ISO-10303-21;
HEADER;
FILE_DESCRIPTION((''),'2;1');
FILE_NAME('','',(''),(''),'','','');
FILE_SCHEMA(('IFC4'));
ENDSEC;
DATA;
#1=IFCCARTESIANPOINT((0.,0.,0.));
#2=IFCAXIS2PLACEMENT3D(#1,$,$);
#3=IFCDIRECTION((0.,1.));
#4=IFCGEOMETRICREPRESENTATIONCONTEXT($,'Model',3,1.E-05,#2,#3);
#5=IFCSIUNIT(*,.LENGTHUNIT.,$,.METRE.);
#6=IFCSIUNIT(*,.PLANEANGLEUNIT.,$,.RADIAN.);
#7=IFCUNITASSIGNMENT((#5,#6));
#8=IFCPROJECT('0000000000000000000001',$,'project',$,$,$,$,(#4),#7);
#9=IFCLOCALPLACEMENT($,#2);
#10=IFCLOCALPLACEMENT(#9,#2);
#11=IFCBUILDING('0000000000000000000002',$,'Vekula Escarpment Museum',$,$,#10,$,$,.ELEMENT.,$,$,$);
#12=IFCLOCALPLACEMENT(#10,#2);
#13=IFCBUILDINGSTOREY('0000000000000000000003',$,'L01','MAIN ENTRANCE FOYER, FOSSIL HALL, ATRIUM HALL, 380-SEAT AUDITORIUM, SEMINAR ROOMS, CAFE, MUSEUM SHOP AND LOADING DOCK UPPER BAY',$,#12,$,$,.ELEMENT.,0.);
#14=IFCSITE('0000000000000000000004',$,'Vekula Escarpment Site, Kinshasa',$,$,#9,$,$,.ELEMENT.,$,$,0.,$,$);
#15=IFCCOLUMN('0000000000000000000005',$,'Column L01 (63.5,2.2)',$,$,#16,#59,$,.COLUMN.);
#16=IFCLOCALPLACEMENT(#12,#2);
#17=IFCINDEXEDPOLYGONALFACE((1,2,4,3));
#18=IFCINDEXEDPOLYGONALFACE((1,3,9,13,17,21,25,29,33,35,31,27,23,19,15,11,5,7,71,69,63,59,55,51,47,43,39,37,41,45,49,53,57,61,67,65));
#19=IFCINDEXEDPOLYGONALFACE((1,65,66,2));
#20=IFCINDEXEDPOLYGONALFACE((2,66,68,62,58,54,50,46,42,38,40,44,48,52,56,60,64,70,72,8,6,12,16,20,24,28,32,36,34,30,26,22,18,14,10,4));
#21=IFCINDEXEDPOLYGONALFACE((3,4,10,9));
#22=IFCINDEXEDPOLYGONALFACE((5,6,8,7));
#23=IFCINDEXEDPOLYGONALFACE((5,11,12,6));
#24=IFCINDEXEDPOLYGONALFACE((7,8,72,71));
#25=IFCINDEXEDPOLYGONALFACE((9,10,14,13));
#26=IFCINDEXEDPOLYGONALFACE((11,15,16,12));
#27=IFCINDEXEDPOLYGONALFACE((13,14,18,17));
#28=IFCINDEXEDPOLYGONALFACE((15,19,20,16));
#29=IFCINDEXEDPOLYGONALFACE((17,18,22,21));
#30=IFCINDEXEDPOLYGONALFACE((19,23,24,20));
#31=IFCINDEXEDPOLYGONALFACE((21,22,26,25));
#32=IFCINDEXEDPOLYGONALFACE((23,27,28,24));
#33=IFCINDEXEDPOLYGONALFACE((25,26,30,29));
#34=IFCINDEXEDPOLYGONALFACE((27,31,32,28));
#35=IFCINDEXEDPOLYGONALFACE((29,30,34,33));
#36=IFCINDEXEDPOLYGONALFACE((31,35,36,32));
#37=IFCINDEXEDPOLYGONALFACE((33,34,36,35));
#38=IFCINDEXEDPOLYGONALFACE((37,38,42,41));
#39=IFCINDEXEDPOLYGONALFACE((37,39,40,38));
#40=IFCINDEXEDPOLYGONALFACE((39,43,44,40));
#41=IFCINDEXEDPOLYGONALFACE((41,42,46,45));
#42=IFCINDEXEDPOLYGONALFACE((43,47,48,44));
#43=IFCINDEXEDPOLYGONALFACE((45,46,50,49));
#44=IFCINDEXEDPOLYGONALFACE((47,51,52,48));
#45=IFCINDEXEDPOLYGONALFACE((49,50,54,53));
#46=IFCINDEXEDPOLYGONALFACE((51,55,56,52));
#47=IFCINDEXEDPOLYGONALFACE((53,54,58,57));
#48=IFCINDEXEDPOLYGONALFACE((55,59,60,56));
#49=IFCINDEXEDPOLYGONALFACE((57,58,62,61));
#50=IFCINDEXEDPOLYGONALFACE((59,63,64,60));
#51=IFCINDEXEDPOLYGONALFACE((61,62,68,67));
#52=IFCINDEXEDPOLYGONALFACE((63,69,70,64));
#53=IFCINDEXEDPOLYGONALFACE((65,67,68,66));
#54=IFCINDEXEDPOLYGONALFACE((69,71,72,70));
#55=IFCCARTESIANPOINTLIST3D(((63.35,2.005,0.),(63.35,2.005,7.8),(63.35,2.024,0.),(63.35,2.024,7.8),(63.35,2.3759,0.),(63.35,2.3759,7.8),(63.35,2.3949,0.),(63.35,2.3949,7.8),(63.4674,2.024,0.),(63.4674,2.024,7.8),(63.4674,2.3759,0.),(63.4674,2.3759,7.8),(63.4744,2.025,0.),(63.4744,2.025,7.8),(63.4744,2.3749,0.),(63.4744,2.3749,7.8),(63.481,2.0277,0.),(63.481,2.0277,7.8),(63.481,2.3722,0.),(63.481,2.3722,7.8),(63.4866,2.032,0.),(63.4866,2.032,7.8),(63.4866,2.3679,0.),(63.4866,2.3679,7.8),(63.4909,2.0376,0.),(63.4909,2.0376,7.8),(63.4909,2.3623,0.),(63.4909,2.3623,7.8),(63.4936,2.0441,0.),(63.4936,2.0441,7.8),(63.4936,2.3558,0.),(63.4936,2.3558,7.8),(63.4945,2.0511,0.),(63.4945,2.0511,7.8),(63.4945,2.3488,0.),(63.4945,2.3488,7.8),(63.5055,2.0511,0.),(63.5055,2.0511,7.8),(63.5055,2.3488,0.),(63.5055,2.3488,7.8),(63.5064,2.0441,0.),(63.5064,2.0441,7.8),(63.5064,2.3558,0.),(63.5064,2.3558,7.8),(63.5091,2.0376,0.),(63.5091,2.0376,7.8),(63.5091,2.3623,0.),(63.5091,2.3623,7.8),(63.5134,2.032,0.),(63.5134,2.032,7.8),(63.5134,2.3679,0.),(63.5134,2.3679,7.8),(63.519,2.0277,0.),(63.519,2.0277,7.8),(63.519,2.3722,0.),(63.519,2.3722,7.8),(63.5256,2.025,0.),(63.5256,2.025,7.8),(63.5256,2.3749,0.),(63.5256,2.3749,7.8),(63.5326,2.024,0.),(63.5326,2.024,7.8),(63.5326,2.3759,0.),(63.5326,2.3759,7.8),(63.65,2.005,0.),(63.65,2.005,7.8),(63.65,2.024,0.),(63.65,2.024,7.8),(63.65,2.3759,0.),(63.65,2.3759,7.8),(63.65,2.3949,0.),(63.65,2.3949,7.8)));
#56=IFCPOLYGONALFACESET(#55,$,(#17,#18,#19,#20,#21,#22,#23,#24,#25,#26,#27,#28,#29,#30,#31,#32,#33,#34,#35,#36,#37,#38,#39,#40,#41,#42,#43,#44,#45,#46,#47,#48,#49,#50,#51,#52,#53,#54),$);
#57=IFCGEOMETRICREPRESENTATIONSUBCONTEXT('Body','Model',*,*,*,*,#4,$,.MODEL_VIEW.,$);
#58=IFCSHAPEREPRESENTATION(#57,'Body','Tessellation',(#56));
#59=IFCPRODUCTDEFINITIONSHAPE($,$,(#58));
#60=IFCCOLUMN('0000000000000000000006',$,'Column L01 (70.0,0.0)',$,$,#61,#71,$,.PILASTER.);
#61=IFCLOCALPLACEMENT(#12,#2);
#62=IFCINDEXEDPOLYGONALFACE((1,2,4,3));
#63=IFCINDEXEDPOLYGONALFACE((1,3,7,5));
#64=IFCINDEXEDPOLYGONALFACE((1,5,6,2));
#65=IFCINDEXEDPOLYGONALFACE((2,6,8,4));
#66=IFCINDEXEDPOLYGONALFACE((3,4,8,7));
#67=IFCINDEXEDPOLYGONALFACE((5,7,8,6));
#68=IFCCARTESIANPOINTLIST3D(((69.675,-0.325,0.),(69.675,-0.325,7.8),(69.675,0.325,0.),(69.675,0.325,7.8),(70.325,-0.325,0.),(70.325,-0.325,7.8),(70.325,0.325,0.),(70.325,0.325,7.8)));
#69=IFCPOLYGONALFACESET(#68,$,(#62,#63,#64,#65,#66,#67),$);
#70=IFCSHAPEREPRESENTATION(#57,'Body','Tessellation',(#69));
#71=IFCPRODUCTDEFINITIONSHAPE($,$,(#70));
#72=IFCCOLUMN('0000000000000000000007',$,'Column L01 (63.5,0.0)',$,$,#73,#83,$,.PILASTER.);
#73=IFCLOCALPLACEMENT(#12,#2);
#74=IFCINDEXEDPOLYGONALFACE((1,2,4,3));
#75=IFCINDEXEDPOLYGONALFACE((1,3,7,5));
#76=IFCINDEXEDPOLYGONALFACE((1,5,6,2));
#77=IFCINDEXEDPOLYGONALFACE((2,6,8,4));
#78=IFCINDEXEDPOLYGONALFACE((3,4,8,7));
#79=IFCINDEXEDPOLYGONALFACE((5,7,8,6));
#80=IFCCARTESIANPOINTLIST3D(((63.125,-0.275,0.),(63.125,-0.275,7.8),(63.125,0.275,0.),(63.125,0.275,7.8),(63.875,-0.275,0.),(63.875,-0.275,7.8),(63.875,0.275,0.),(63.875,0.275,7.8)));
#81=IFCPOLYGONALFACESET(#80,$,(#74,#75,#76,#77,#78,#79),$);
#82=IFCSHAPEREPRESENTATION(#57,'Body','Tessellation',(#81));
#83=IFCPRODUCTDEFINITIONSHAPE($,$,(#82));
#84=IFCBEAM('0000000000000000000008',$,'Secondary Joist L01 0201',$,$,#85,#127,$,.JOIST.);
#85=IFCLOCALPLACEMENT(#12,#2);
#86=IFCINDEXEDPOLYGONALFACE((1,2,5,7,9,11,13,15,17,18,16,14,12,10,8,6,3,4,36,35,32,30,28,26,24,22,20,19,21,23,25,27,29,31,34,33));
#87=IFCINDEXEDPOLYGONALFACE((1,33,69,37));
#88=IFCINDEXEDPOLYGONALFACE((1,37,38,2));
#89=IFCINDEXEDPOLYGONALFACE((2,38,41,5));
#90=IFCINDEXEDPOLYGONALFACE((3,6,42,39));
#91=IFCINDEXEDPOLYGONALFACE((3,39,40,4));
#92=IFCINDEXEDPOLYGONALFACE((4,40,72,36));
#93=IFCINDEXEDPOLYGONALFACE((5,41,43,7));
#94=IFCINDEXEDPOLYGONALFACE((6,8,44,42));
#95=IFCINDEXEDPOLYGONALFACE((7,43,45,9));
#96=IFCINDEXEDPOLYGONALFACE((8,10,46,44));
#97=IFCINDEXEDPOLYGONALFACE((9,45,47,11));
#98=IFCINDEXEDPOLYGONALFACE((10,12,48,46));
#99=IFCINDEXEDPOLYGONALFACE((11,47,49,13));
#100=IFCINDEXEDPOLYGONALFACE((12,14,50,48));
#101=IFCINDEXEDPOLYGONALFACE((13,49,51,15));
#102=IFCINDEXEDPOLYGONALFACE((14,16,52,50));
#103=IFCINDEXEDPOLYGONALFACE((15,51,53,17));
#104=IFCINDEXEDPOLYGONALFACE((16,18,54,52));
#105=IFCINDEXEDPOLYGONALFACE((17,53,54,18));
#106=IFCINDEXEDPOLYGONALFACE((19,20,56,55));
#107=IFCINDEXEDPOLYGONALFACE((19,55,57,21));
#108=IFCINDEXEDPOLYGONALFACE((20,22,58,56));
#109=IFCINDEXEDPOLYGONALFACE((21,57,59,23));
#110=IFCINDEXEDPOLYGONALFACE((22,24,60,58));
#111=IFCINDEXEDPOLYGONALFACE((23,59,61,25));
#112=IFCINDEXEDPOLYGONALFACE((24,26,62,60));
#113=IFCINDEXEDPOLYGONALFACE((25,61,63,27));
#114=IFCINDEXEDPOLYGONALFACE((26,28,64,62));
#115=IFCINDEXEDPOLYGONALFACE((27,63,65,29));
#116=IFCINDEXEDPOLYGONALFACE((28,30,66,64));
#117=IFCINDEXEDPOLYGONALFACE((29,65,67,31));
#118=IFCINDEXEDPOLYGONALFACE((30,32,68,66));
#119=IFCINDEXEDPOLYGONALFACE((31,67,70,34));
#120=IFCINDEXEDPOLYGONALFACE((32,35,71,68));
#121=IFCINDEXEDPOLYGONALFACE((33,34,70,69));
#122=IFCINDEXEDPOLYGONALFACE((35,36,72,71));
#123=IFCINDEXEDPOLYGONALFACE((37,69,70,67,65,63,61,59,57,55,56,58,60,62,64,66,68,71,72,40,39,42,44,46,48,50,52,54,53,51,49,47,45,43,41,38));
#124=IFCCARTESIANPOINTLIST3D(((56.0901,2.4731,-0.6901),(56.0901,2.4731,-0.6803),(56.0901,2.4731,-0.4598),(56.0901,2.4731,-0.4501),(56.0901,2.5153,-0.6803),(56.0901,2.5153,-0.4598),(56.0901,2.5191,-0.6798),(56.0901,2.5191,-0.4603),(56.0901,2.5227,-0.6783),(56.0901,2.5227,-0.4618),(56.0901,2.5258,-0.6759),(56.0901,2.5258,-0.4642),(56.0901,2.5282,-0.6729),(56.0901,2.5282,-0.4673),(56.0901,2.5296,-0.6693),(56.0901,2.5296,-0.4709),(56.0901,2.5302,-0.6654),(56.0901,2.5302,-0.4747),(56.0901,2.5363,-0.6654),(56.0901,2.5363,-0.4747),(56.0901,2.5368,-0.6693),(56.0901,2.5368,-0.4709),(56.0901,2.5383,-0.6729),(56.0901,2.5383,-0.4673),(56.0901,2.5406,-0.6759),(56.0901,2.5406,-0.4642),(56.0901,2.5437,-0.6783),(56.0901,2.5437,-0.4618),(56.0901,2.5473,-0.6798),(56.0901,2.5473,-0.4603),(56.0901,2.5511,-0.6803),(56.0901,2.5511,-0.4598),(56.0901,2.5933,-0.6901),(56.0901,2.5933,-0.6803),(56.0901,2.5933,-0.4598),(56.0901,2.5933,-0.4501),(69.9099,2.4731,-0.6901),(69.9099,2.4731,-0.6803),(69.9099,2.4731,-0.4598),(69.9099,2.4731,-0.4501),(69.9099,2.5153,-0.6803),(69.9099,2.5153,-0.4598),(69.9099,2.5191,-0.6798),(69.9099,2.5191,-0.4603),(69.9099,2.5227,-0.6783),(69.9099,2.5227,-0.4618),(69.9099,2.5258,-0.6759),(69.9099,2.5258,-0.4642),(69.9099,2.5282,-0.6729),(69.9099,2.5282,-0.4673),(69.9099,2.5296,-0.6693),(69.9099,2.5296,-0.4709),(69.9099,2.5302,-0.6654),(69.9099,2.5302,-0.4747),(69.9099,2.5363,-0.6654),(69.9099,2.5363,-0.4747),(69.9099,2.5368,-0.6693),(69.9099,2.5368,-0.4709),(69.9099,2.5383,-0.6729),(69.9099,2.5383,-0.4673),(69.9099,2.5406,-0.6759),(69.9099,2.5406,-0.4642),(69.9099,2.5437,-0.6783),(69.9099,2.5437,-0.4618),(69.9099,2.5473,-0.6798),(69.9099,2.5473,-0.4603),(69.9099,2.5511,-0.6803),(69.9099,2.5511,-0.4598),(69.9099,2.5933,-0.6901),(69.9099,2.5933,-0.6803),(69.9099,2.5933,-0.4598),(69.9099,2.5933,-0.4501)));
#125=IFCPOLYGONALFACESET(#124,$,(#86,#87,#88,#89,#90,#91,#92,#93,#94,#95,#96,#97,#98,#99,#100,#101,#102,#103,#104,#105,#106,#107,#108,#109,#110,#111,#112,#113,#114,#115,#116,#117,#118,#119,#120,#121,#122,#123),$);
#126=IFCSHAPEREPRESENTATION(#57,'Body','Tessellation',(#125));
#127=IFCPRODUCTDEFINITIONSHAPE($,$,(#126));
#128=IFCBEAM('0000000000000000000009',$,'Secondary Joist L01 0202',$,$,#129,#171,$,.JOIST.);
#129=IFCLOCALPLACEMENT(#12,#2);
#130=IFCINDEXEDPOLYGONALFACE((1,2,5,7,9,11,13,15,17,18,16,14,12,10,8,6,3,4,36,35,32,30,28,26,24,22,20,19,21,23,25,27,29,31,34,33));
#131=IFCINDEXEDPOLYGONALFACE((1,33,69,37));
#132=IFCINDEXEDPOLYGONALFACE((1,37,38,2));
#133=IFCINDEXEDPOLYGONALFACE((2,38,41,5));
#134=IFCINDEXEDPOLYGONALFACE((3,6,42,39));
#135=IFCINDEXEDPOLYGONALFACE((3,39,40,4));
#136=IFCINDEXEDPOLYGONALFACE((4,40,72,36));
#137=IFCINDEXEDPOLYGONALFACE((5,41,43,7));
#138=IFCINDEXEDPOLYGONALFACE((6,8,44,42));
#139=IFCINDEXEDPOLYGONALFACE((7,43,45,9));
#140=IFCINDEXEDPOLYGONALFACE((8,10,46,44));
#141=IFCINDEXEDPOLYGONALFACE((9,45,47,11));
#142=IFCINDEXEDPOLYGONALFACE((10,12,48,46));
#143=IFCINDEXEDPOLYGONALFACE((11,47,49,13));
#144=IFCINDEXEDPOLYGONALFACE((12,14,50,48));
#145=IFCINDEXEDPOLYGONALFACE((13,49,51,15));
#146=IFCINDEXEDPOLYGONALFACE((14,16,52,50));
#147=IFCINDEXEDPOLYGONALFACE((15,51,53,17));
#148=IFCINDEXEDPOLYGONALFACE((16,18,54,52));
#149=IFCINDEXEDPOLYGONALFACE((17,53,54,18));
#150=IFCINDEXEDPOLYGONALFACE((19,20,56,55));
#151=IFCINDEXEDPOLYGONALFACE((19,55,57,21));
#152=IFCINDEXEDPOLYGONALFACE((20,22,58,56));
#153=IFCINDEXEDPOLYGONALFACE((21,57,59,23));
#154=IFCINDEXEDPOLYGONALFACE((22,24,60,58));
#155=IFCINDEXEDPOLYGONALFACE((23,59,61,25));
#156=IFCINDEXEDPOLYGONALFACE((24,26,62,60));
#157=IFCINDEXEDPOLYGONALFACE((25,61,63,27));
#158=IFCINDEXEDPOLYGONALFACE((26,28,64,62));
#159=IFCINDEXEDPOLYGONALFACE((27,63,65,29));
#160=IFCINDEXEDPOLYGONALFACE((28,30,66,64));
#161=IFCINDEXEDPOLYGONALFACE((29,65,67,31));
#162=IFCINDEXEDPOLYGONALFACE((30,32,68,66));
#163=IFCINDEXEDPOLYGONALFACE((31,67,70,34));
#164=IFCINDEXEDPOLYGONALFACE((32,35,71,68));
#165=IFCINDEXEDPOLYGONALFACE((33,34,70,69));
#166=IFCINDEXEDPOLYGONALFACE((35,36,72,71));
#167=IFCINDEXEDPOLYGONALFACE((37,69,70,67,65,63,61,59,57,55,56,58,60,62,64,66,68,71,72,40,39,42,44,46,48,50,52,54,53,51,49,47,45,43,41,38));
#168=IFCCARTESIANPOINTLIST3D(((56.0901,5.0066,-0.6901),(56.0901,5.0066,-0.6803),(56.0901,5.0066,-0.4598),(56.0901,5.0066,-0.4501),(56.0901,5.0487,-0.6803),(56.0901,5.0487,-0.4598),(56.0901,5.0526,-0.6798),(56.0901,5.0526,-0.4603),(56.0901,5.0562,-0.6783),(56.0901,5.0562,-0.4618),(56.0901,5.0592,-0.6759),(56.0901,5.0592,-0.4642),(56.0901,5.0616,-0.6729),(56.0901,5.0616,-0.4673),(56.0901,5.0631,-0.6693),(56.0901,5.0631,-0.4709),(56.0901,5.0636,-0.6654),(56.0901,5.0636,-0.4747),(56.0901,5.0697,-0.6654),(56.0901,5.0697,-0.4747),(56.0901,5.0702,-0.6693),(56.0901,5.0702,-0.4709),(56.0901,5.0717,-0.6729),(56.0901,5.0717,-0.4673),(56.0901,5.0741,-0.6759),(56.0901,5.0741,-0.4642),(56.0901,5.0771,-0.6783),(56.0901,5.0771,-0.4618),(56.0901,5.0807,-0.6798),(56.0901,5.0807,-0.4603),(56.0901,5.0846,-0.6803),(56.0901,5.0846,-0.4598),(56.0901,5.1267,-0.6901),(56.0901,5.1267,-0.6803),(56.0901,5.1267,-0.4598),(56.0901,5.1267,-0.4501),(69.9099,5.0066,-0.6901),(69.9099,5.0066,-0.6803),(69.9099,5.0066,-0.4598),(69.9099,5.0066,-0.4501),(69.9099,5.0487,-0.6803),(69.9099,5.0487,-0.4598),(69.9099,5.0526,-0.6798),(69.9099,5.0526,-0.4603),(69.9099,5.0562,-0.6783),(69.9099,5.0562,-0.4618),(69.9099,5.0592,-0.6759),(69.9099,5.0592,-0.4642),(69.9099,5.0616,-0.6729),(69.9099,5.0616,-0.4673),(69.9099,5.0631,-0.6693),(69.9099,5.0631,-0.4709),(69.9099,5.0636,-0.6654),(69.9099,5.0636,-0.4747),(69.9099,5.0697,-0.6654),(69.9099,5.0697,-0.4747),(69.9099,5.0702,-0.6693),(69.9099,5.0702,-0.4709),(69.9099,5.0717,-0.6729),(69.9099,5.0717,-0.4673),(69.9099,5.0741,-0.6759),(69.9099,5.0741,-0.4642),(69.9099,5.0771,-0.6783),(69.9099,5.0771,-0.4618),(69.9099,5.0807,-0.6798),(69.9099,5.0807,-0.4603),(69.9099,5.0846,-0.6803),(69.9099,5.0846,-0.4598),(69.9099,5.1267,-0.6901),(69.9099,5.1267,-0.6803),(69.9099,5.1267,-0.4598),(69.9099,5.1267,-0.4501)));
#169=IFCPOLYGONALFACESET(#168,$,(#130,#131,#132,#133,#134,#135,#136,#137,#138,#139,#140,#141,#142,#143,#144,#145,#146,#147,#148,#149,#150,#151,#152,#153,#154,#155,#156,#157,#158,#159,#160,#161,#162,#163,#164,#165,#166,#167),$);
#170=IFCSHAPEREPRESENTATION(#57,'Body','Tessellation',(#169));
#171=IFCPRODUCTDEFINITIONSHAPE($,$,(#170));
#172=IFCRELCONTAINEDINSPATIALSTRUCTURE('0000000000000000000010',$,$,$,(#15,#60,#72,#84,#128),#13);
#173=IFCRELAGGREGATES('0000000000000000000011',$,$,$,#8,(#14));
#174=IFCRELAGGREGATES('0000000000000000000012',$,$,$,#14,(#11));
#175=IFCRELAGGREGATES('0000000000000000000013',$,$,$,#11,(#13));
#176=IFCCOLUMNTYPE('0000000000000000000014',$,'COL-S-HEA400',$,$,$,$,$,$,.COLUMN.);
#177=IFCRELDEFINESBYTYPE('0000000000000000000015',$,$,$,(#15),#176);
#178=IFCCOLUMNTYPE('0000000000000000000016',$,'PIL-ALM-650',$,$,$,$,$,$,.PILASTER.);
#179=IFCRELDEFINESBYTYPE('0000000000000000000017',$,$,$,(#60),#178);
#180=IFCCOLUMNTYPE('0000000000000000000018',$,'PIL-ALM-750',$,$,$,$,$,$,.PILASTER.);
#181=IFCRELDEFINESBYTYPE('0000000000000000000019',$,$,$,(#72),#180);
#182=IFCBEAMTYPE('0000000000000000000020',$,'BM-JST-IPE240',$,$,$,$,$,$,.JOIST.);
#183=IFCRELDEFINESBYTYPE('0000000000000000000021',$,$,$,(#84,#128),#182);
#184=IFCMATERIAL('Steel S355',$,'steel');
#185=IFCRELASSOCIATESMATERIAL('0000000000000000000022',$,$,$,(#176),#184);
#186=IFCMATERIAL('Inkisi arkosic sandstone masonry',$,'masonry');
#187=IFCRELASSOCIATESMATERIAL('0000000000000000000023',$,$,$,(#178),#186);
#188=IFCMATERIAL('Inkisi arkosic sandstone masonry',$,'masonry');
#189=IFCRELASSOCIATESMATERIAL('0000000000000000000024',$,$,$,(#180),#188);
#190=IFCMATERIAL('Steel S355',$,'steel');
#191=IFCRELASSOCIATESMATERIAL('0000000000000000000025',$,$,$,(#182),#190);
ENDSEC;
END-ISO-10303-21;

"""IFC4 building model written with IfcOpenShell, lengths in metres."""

from ifc_helpers import new_model, si_unit, direction, frame, origin, origin_2d, place, context, subcontext, project, spatial, rectangle, i_section, extrude, material, material_profile, profile_set, type_object, element, save


model = new_model("IFC4")

# Units and contexts
model_context = context("Model", 3, precision=1e-05, world=origin(), true_north=direction((0.0, 1.0)))
body_context = subcontext(model_context, "Body", "Model", "MODEL_VIEW")
ifc_project = project(units=[si_unit("LENGTHUNIT", "METRE"), si_unit("PLANEANGLEUNIT", "RADIAN")], contexts=[model_context])

# Site, building, storey
site_placement = place(None, origin())
site = spatial("IfcSite", under=ifc_project, at=site_placement, Name="Vekula Escarpment Site, Kinshasa", CompositionType="ELEMENT", RefElevation=0.0)
building_placement = place(site_placement, origin())
building = spatial("IfcBuilding", under=site, at=building_placement, Name="Vekula Escarpment Museum", CompositionType="ELEMENT")
storey_placement = place(building_placement, origin())
storey = spatial("IfcBuildingStorey", under=building, at=storey_placement, Name="L01", Description="MAIN ENTRANCE FOYER, FOSSIL HALL, ATRIUM HALL, 380-SEAT AUDITORIUM, SEMINAR ROOMS, CAFE, MUSEUM SHOP AND LOADING DOCK UPPER BAY", CompositionType="ELEMENT", Elevation=0.0)

# Columns
ifc_material_1 = material(Name="Steel S355", Category="steel")
ifc_material_profile_1 = material_profile(ifc_material_1, i_section(OverallWidth=0.3, OverallDepth=0.3899, WebThickness=0.011, FlangeThickness=0.019, FilletRadius=0.0271, at=origin_2d()), Name="HEA 400")
ifc_profile_set_1 = profile_set([ifc_material_profile_1], Name="Steel S355")
column_type_1 = type_object("IfcColumnType", Name="COL-S-HEA400", PredefinedType="COLUMN", material=ifc_profile_set_1)
column_1_placement = place(storey_placement, frame((63.5, 2.2, 0.0), z_axis=(0.0, 0.0, 1.0), x_axis=(1.0, 0.0, 0.0)))
element("IfcColumn", 1, at=column_1_placement, inside=storey, type_object=column_type_1, Name="Column L01 (63.5,2.2)", PredefinedType="COLUMN", context=body_context, shape_type="SweptSolid", body=[
    extrude(i_section(OverallWidth=0.3, OverallDepth=0.3899, WebThickness=0.011, FlangeThickness=0.019, FilletRadius=0.0271, at=origin_2d()), origin(), (0.0, 0.0, 1.0), 7.8),
])
ifc_material_2 = material(Name="Inkisi arkosic sandstone masonry", Category="masonry")
ifc_material_profile_2 = material_profile(ifc_material_2, rectangle(XDim=0.6499, YDim=0.6499, at=origin_2d()), Name="PIER 650x650")
ifc_profile_set_2 = profile_set([ifc_material_profile_2], Name="Inkisi arkosic sandstone masonry")
column_type_2 = type_object("IfcColumnType", Name="PIL-ALM-650", PredefinedType="PILASTER", material=ifc_profile_set_2)
column_2_placement = place(storey_placement, frame((70.0, 0.0, 0.0), z_axis=(0.0, 0.0, 1.0), x_axis=(1.0, 0.0, 0.0)))
element("IfcColumn", 2, at=column_2_placement, inside=storey, type_object=column_type_2, Name="Column L01 (70.0,0.0)", PredefinedType="PILASTER", context=body_context, shape_type="SweptSolid", body=[
    extrude(rectangle(XDim=0.6499, YDim=0.6499, at=origin_2d()), origin(), (0.0, 0.0, 1.0), 7.8),
])
ifc_material_3 = material(Name="Inkisi arkosic sandstone masonry", Category="masonry")
ifc_material_profile_3 = material_profile(ifc_material_3, rectangle(XDim=0.75, YDim=0.55, at=origin_2d()), Name="PIER 750x550")
ifc_profile_set_3 = profile_set([ifc_material_profile_3], Name="Inkisi arkosic sandstone masonry")
column_type_3 = type_object("IfcColumnType", Name="PIL-ALM-750", PredefinedType="PILASTER", material=ifc_profile_set_3)
column_3_placement = place(storey_placement, frame((63.5, 0.0, 0.0), z_axis=(0.0, 0.0, 1.0), x_axis=(1.0, 0.0, 0.0)))
element("IfcColumn", 3, at=column_3_placement, inside=storey, type_object=column_type_3, Name="Column L01 (63.5,0.0)", PredefinedType="PILASTER", context=body_context, shape_type="SweptSolid", body=[
    extrude(rectangle(XDim=0.75, YDim=0.55, at=origin_2d()), origin(), (0.0, 0.0, 1.0), 7.8),
])

# Beams
ifc_material_4 = material(Name="Steel S355", Category="steel")
ifc_material_profile_4 = material_profile(ifc_material_4, i_section(OverallWidth=0.1201, OverallDepth=0.24, WebThickness=0.0061, FlangeThickness=0.0098, FilletRadius=0.0149, at=origin_2d()), Name="IPE 240")
ifc_profile_set_4 = profile_set([ifc_material_profile_4], Name="Steel S355")
beam_type_1 = type_object("IfcBeamType", Name="BM-JST-IPE240", PredefinedType="JOIST", material=ifc_profile_set_4)
for number, where, z_axis, x_axis, name in (
    (4, (56.0901, 2.5332, -0.5701), (1.0, 0.0, 0.0), (0.0, 1.0, 0.0), "Secondary Joist L01 0201"),
    (5, (56.0901, 5.0667, -0.5701), (1.0, 0.0, 0.0), (0.0, 1.0, 0.0), "Secondary Joist L01 0202"),
):
    element("IfcBeam", number, at=place(storey_placement, frame(where, z_axis=z_axis, x_axis=x_axis)), inside=storey, type_object=beam_type_1, Name=name, PredefinedType="JOIST", context=body_context, shape_type="SweptSolid", body=[
        extrude(i_section(OverallWidth=0.1201, OverallDepth=0.24, WebThickness=0.0061, FlangeThickness=0.0098, FilletRadius=0.0149, at=origin_2d()), origin(), (0.0, 0.0, 1.0), 13.8198),
    ])

save(model, "model.ifc")
